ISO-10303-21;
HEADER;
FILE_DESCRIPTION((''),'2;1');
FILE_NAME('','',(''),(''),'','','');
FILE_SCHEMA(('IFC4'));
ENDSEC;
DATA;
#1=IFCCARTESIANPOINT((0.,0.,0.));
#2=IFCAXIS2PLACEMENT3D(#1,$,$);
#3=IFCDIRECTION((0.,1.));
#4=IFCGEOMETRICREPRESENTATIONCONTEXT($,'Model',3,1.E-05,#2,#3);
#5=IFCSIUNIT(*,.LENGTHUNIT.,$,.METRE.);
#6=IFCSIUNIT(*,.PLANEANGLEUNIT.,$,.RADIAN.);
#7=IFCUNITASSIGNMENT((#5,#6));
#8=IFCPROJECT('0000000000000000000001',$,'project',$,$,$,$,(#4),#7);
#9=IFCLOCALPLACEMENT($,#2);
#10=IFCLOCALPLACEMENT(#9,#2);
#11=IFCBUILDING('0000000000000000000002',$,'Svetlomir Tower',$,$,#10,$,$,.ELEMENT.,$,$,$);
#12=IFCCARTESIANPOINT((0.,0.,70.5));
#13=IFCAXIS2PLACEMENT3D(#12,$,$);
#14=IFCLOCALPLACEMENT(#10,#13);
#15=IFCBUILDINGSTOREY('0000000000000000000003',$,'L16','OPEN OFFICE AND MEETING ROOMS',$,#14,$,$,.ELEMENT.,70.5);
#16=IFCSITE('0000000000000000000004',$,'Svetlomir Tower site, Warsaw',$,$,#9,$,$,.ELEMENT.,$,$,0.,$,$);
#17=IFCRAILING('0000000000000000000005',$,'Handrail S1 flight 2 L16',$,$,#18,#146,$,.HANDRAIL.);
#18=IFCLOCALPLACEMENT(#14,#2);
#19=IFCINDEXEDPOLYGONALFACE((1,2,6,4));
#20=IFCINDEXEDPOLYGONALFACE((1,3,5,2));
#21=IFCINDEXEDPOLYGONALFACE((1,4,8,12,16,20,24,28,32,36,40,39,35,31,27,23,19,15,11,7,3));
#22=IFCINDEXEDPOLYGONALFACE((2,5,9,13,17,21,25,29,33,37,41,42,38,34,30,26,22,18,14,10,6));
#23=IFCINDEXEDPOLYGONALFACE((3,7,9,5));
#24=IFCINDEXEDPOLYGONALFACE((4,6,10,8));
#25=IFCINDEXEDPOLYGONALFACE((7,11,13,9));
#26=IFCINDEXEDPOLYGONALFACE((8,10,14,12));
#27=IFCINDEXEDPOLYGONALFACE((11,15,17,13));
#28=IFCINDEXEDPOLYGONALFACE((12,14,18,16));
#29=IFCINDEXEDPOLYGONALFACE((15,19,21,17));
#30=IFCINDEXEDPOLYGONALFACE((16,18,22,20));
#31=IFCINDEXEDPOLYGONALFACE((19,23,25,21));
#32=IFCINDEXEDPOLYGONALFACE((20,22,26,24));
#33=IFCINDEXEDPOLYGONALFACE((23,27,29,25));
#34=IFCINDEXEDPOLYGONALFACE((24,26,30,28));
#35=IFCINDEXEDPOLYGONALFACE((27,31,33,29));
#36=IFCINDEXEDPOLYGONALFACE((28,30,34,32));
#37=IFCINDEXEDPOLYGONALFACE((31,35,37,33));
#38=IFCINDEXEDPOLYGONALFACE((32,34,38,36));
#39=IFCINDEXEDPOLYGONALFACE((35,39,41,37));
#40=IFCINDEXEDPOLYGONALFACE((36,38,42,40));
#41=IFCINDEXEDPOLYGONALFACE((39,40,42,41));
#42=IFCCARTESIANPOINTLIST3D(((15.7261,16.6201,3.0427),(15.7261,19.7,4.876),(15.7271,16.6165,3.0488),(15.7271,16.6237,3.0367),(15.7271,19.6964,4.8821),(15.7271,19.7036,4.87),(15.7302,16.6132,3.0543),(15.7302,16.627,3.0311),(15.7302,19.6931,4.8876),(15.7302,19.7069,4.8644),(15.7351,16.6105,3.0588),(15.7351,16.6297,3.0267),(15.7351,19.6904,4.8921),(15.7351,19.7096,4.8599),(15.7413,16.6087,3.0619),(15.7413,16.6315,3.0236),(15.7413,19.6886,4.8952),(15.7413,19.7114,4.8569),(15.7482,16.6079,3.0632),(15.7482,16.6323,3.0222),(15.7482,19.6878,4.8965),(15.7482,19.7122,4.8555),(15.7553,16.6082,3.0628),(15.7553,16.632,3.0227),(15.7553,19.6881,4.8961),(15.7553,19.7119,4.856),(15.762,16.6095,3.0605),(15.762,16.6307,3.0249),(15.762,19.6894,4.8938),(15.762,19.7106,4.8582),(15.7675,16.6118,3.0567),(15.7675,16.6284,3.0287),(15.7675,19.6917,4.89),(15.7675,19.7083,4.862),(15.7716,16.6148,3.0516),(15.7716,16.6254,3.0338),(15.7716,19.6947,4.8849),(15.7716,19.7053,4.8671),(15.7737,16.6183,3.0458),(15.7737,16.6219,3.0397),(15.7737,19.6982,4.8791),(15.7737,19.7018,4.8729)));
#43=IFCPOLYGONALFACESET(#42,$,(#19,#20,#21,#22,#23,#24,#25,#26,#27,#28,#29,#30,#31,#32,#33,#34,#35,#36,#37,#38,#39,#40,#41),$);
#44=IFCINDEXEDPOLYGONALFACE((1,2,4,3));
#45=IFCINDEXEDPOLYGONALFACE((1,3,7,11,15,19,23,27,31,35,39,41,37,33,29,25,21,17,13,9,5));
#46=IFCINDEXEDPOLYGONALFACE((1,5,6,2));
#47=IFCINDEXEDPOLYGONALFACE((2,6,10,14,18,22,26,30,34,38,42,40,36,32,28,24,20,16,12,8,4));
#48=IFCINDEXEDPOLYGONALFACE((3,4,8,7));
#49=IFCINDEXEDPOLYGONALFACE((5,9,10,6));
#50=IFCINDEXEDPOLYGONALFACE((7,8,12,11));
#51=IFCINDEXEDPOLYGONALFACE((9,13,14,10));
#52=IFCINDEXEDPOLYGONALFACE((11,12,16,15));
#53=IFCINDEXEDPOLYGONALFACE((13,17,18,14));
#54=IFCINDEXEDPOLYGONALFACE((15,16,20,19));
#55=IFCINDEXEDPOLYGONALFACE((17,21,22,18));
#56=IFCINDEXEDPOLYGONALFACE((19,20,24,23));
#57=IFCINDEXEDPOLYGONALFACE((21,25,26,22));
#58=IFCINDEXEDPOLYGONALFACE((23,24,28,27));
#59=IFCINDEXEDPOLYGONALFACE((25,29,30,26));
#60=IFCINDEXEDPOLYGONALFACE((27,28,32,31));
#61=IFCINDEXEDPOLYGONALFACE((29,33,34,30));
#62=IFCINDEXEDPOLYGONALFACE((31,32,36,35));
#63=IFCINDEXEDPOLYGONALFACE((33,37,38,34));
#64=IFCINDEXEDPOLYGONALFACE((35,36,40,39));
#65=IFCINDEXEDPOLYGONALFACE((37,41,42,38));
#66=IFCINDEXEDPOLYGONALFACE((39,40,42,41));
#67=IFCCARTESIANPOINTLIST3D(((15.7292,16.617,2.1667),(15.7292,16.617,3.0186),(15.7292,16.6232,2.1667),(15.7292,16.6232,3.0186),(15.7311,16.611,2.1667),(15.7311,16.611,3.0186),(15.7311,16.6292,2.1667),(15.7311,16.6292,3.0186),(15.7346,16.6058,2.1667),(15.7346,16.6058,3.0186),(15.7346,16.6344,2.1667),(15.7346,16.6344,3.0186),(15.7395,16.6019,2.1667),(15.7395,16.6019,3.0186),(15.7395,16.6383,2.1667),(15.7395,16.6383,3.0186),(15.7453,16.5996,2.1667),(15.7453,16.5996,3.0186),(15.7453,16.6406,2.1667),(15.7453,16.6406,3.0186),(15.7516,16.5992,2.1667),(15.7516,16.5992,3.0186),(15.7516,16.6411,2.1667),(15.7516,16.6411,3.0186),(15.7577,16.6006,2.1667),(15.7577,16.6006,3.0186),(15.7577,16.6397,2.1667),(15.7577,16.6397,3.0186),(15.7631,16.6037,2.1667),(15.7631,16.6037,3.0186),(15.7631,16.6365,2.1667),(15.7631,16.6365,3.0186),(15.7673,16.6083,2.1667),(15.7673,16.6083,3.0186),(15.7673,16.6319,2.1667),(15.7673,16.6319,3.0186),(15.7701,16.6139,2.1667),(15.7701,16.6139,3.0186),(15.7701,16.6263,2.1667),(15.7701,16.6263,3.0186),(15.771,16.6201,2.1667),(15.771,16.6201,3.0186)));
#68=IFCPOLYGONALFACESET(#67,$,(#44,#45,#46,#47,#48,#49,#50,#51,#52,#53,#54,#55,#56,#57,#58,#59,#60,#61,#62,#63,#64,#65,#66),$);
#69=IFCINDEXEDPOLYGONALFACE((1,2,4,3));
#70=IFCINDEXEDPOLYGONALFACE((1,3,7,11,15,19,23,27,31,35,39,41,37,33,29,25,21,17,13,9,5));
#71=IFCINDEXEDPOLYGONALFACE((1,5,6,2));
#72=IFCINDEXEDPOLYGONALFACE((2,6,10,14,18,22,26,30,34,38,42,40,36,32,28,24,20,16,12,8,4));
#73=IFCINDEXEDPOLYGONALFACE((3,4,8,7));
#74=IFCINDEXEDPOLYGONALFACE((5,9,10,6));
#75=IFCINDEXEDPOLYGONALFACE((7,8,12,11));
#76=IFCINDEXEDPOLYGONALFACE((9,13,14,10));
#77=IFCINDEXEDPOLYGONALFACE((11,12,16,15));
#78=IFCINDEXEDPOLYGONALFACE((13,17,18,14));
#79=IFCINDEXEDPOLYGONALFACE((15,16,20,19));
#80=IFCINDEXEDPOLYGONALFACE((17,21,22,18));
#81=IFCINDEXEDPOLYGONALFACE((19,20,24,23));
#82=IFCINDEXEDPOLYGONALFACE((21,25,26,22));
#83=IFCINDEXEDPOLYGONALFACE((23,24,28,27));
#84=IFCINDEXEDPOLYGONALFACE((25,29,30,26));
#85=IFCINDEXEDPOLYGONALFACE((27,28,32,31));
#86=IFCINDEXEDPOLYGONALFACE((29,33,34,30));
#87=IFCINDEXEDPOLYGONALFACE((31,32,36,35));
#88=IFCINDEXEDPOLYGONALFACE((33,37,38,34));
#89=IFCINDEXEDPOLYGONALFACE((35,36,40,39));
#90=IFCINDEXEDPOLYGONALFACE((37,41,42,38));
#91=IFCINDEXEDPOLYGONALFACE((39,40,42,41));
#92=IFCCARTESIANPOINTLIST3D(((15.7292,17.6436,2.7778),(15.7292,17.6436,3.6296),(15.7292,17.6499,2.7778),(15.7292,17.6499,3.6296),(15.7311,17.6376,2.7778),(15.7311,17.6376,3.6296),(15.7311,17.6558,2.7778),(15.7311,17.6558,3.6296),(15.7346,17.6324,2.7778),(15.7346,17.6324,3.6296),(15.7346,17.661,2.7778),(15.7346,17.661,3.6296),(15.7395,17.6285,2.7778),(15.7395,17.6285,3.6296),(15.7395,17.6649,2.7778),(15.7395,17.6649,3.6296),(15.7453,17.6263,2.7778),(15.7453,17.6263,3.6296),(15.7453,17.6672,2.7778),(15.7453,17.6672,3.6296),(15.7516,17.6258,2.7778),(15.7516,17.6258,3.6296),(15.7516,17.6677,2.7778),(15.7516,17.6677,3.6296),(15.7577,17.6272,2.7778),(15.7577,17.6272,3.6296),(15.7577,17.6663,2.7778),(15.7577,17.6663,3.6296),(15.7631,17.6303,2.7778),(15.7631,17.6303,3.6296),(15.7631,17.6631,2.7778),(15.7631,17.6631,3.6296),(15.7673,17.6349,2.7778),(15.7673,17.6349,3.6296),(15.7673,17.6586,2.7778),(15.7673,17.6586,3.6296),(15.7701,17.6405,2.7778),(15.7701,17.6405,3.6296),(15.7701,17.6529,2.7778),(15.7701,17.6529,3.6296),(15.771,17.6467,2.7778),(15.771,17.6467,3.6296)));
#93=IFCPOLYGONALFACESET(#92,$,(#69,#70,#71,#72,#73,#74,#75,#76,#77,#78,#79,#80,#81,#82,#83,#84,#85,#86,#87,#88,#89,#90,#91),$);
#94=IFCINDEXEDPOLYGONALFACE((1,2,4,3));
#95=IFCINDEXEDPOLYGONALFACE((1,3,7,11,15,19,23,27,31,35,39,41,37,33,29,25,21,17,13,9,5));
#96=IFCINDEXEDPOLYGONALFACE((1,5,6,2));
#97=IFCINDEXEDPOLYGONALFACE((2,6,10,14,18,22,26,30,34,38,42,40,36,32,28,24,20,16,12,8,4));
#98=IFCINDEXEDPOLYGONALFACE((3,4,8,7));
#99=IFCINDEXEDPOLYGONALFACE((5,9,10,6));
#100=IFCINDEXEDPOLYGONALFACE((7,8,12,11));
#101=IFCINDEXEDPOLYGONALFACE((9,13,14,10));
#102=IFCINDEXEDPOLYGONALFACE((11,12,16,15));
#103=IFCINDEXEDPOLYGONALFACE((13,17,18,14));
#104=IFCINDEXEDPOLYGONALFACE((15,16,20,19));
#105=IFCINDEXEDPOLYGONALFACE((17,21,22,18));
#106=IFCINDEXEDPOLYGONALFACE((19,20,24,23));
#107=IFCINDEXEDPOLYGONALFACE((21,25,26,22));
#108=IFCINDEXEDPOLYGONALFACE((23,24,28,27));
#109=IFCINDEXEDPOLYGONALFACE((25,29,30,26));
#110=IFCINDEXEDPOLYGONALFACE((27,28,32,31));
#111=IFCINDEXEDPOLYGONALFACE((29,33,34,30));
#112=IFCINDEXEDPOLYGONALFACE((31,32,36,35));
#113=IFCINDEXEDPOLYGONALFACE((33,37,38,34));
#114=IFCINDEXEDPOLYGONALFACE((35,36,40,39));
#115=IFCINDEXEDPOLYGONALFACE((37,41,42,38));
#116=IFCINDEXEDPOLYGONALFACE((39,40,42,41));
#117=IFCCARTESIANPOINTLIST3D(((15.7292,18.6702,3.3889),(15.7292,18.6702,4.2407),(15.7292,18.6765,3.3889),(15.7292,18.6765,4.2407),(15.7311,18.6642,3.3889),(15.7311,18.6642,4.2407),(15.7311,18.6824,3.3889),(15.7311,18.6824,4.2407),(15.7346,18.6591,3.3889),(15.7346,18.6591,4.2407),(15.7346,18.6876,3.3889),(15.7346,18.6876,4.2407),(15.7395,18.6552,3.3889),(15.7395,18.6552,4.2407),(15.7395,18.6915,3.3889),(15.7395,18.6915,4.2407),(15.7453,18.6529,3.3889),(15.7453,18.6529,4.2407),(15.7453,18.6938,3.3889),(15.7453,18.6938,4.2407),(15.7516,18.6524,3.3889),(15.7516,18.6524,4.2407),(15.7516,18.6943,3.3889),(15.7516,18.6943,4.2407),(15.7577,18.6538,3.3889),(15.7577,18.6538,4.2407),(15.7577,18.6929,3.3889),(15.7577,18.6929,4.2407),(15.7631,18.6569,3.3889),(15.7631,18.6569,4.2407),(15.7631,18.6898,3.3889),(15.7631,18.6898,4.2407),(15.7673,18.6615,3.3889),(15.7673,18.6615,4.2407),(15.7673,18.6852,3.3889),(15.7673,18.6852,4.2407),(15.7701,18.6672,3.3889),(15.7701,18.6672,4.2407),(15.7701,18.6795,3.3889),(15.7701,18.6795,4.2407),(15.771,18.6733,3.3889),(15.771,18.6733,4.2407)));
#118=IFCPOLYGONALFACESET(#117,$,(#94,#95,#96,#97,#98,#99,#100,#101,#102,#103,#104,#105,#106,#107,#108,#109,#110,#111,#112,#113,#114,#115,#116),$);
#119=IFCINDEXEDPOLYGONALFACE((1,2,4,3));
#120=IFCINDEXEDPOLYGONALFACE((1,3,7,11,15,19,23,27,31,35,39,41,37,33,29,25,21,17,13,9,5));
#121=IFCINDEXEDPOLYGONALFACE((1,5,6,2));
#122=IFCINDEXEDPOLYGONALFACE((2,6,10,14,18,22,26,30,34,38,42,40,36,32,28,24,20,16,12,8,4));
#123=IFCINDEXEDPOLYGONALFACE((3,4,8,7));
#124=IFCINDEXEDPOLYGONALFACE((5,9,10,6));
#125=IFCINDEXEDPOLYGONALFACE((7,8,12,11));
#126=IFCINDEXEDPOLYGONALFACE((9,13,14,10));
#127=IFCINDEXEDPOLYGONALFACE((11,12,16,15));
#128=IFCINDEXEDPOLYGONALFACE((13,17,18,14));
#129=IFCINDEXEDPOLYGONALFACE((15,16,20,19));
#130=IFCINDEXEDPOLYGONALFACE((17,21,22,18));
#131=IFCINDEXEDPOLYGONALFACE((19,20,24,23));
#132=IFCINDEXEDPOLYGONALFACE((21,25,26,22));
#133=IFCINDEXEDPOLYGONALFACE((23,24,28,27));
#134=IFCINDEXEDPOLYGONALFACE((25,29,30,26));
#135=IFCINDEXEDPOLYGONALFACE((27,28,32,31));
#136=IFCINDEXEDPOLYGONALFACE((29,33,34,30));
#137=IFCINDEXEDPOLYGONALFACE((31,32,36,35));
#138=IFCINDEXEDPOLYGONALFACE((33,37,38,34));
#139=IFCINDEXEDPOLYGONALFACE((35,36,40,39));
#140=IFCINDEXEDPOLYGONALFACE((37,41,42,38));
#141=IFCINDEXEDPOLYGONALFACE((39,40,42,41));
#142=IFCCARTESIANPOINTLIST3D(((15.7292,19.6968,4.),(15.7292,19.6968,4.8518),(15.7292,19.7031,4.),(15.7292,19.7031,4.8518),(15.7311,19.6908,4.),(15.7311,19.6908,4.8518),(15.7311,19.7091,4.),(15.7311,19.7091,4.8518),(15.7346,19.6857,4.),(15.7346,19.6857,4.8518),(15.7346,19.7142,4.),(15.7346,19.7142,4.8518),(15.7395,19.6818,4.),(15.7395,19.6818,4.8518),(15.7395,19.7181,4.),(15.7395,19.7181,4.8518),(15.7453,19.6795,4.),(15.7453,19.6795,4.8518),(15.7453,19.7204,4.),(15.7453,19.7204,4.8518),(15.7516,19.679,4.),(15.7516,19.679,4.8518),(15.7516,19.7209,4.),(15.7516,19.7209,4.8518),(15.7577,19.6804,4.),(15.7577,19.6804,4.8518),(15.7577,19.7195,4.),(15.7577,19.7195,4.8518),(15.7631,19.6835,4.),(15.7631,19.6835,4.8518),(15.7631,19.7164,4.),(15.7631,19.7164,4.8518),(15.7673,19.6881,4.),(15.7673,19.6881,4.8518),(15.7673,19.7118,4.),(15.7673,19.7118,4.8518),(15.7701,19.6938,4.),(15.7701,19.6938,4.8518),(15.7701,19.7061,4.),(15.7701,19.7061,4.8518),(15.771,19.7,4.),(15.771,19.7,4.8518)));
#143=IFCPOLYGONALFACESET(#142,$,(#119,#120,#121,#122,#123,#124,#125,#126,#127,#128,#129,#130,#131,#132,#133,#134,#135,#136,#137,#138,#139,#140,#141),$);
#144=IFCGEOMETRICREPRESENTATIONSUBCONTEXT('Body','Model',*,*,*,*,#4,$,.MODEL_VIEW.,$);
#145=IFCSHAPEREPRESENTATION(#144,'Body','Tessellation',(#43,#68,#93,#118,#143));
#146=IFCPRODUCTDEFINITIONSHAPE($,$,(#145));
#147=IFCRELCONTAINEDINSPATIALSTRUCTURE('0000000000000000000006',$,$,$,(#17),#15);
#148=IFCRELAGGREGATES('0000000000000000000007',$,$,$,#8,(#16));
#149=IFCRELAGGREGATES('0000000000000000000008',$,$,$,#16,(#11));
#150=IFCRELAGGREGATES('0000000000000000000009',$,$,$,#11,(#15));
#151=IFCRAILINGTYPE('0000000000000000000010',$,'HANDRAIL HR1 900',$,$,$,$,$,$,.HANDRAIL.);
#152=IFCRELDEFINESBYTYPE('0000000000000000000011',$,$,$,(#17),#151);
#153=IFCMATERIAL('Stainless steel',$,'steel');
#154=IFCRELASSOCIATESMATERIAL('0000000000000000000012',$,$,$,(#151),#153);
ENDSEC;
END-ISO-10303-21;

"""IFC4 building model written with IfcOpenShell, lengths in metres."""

from ifc_helpers import new_model, si_unit, direction, frame, origin, origin_2d, place, context, subcontext, project, spatial, circle, extrude, material, type_object, element, save


model = new_model("IFC4")

# Units and contexts
model_context = context("Model", 3, precision=1e-05, world=origin(), true_north=direction((0.0, 1.0)))
body_context = subcontext(model_context, "Body", "Model", "MODEL_VIEW")
ifc_project = project(units=[si_unit("LENGTHUNIT", "METRE"), si_unit("PLANEANGLEUNIT", "RADIAN")], contexts=[model_context])

# Site, building, storey
site_placement = place(None, origin())
site = spatial("IfcSite", under=ifc_project, at=site_placement, Name="Svetlomir Tower site, Warsaw", CompositionType="ELEMENT", RefElevation=0.0)
building_placement = place(site_placement, origin())
building = spatial("IfcBuilding", under=site, at=building_placement, Name="Svetlomir Tower", CompositionType="ELEMENT")
storey_placement = place(building_placement, frame((0.0, 0.0, 70.5)))
storey = spatial("IfcBuildingStorey", under=building, at=storey_placement, Name="L16", Description="OPEN OFFICE AND MEETING ROOMS", CompositionType="ELEMENT", Elevation=70.5)

# Railing
ifc_material_1 = material(Name="Stainless steel", Category="steel")
railing_type = type_object("IfcRailingType", Name="HANDRAIL HR1 900", PredefinedType="HANDRAIL", material=ifc_material_1)
railing_1_placement = place(storey_placement, frame((15.75, 16.6201, 2.1667)))
element("IfcRailing", 1, at=railing_1_placement, inside=storey, type_object=railing_type, Name="Handrail S1 flight 2 L16", PredefinedType="HANDRAIL", context=body_context, shape_type="SweptSolid", body=[
    extrude(circle(Radius=0.0239, at=origin_2d()), frame((0.0, 0.0, 0.876), z_axis=(0.0, 0.859291, 0.511487), x_axis=(-1.0, 0.0, 0.0)), (0.0, 0.0, 1.0), 3.5842),
    extrude(circle(Radius=0.021, at=origin_2d()), origin(), (0.0, 0.0, 1.0), 0.8518),
    extrude(circle(Radius=0.021, at=origin_2d()), frame((0.0, 1.0266, 0.6111)), (0.0, 0.0, 1.0), 0.8518),
    extrude(circle(Radius=0.021, at=origin_2d()), frame((0.0, 2.0532, 1.2222)), (0.0, 0.0, 1.0), 0.8518),
    extrude(circle(Radius=0.021, at=origin_2d()), frame((0.0, 3.0798, 1.8333)), (0.0, 0.0, 1.0), 0.8518),
])

save(model, "model.ifc")
